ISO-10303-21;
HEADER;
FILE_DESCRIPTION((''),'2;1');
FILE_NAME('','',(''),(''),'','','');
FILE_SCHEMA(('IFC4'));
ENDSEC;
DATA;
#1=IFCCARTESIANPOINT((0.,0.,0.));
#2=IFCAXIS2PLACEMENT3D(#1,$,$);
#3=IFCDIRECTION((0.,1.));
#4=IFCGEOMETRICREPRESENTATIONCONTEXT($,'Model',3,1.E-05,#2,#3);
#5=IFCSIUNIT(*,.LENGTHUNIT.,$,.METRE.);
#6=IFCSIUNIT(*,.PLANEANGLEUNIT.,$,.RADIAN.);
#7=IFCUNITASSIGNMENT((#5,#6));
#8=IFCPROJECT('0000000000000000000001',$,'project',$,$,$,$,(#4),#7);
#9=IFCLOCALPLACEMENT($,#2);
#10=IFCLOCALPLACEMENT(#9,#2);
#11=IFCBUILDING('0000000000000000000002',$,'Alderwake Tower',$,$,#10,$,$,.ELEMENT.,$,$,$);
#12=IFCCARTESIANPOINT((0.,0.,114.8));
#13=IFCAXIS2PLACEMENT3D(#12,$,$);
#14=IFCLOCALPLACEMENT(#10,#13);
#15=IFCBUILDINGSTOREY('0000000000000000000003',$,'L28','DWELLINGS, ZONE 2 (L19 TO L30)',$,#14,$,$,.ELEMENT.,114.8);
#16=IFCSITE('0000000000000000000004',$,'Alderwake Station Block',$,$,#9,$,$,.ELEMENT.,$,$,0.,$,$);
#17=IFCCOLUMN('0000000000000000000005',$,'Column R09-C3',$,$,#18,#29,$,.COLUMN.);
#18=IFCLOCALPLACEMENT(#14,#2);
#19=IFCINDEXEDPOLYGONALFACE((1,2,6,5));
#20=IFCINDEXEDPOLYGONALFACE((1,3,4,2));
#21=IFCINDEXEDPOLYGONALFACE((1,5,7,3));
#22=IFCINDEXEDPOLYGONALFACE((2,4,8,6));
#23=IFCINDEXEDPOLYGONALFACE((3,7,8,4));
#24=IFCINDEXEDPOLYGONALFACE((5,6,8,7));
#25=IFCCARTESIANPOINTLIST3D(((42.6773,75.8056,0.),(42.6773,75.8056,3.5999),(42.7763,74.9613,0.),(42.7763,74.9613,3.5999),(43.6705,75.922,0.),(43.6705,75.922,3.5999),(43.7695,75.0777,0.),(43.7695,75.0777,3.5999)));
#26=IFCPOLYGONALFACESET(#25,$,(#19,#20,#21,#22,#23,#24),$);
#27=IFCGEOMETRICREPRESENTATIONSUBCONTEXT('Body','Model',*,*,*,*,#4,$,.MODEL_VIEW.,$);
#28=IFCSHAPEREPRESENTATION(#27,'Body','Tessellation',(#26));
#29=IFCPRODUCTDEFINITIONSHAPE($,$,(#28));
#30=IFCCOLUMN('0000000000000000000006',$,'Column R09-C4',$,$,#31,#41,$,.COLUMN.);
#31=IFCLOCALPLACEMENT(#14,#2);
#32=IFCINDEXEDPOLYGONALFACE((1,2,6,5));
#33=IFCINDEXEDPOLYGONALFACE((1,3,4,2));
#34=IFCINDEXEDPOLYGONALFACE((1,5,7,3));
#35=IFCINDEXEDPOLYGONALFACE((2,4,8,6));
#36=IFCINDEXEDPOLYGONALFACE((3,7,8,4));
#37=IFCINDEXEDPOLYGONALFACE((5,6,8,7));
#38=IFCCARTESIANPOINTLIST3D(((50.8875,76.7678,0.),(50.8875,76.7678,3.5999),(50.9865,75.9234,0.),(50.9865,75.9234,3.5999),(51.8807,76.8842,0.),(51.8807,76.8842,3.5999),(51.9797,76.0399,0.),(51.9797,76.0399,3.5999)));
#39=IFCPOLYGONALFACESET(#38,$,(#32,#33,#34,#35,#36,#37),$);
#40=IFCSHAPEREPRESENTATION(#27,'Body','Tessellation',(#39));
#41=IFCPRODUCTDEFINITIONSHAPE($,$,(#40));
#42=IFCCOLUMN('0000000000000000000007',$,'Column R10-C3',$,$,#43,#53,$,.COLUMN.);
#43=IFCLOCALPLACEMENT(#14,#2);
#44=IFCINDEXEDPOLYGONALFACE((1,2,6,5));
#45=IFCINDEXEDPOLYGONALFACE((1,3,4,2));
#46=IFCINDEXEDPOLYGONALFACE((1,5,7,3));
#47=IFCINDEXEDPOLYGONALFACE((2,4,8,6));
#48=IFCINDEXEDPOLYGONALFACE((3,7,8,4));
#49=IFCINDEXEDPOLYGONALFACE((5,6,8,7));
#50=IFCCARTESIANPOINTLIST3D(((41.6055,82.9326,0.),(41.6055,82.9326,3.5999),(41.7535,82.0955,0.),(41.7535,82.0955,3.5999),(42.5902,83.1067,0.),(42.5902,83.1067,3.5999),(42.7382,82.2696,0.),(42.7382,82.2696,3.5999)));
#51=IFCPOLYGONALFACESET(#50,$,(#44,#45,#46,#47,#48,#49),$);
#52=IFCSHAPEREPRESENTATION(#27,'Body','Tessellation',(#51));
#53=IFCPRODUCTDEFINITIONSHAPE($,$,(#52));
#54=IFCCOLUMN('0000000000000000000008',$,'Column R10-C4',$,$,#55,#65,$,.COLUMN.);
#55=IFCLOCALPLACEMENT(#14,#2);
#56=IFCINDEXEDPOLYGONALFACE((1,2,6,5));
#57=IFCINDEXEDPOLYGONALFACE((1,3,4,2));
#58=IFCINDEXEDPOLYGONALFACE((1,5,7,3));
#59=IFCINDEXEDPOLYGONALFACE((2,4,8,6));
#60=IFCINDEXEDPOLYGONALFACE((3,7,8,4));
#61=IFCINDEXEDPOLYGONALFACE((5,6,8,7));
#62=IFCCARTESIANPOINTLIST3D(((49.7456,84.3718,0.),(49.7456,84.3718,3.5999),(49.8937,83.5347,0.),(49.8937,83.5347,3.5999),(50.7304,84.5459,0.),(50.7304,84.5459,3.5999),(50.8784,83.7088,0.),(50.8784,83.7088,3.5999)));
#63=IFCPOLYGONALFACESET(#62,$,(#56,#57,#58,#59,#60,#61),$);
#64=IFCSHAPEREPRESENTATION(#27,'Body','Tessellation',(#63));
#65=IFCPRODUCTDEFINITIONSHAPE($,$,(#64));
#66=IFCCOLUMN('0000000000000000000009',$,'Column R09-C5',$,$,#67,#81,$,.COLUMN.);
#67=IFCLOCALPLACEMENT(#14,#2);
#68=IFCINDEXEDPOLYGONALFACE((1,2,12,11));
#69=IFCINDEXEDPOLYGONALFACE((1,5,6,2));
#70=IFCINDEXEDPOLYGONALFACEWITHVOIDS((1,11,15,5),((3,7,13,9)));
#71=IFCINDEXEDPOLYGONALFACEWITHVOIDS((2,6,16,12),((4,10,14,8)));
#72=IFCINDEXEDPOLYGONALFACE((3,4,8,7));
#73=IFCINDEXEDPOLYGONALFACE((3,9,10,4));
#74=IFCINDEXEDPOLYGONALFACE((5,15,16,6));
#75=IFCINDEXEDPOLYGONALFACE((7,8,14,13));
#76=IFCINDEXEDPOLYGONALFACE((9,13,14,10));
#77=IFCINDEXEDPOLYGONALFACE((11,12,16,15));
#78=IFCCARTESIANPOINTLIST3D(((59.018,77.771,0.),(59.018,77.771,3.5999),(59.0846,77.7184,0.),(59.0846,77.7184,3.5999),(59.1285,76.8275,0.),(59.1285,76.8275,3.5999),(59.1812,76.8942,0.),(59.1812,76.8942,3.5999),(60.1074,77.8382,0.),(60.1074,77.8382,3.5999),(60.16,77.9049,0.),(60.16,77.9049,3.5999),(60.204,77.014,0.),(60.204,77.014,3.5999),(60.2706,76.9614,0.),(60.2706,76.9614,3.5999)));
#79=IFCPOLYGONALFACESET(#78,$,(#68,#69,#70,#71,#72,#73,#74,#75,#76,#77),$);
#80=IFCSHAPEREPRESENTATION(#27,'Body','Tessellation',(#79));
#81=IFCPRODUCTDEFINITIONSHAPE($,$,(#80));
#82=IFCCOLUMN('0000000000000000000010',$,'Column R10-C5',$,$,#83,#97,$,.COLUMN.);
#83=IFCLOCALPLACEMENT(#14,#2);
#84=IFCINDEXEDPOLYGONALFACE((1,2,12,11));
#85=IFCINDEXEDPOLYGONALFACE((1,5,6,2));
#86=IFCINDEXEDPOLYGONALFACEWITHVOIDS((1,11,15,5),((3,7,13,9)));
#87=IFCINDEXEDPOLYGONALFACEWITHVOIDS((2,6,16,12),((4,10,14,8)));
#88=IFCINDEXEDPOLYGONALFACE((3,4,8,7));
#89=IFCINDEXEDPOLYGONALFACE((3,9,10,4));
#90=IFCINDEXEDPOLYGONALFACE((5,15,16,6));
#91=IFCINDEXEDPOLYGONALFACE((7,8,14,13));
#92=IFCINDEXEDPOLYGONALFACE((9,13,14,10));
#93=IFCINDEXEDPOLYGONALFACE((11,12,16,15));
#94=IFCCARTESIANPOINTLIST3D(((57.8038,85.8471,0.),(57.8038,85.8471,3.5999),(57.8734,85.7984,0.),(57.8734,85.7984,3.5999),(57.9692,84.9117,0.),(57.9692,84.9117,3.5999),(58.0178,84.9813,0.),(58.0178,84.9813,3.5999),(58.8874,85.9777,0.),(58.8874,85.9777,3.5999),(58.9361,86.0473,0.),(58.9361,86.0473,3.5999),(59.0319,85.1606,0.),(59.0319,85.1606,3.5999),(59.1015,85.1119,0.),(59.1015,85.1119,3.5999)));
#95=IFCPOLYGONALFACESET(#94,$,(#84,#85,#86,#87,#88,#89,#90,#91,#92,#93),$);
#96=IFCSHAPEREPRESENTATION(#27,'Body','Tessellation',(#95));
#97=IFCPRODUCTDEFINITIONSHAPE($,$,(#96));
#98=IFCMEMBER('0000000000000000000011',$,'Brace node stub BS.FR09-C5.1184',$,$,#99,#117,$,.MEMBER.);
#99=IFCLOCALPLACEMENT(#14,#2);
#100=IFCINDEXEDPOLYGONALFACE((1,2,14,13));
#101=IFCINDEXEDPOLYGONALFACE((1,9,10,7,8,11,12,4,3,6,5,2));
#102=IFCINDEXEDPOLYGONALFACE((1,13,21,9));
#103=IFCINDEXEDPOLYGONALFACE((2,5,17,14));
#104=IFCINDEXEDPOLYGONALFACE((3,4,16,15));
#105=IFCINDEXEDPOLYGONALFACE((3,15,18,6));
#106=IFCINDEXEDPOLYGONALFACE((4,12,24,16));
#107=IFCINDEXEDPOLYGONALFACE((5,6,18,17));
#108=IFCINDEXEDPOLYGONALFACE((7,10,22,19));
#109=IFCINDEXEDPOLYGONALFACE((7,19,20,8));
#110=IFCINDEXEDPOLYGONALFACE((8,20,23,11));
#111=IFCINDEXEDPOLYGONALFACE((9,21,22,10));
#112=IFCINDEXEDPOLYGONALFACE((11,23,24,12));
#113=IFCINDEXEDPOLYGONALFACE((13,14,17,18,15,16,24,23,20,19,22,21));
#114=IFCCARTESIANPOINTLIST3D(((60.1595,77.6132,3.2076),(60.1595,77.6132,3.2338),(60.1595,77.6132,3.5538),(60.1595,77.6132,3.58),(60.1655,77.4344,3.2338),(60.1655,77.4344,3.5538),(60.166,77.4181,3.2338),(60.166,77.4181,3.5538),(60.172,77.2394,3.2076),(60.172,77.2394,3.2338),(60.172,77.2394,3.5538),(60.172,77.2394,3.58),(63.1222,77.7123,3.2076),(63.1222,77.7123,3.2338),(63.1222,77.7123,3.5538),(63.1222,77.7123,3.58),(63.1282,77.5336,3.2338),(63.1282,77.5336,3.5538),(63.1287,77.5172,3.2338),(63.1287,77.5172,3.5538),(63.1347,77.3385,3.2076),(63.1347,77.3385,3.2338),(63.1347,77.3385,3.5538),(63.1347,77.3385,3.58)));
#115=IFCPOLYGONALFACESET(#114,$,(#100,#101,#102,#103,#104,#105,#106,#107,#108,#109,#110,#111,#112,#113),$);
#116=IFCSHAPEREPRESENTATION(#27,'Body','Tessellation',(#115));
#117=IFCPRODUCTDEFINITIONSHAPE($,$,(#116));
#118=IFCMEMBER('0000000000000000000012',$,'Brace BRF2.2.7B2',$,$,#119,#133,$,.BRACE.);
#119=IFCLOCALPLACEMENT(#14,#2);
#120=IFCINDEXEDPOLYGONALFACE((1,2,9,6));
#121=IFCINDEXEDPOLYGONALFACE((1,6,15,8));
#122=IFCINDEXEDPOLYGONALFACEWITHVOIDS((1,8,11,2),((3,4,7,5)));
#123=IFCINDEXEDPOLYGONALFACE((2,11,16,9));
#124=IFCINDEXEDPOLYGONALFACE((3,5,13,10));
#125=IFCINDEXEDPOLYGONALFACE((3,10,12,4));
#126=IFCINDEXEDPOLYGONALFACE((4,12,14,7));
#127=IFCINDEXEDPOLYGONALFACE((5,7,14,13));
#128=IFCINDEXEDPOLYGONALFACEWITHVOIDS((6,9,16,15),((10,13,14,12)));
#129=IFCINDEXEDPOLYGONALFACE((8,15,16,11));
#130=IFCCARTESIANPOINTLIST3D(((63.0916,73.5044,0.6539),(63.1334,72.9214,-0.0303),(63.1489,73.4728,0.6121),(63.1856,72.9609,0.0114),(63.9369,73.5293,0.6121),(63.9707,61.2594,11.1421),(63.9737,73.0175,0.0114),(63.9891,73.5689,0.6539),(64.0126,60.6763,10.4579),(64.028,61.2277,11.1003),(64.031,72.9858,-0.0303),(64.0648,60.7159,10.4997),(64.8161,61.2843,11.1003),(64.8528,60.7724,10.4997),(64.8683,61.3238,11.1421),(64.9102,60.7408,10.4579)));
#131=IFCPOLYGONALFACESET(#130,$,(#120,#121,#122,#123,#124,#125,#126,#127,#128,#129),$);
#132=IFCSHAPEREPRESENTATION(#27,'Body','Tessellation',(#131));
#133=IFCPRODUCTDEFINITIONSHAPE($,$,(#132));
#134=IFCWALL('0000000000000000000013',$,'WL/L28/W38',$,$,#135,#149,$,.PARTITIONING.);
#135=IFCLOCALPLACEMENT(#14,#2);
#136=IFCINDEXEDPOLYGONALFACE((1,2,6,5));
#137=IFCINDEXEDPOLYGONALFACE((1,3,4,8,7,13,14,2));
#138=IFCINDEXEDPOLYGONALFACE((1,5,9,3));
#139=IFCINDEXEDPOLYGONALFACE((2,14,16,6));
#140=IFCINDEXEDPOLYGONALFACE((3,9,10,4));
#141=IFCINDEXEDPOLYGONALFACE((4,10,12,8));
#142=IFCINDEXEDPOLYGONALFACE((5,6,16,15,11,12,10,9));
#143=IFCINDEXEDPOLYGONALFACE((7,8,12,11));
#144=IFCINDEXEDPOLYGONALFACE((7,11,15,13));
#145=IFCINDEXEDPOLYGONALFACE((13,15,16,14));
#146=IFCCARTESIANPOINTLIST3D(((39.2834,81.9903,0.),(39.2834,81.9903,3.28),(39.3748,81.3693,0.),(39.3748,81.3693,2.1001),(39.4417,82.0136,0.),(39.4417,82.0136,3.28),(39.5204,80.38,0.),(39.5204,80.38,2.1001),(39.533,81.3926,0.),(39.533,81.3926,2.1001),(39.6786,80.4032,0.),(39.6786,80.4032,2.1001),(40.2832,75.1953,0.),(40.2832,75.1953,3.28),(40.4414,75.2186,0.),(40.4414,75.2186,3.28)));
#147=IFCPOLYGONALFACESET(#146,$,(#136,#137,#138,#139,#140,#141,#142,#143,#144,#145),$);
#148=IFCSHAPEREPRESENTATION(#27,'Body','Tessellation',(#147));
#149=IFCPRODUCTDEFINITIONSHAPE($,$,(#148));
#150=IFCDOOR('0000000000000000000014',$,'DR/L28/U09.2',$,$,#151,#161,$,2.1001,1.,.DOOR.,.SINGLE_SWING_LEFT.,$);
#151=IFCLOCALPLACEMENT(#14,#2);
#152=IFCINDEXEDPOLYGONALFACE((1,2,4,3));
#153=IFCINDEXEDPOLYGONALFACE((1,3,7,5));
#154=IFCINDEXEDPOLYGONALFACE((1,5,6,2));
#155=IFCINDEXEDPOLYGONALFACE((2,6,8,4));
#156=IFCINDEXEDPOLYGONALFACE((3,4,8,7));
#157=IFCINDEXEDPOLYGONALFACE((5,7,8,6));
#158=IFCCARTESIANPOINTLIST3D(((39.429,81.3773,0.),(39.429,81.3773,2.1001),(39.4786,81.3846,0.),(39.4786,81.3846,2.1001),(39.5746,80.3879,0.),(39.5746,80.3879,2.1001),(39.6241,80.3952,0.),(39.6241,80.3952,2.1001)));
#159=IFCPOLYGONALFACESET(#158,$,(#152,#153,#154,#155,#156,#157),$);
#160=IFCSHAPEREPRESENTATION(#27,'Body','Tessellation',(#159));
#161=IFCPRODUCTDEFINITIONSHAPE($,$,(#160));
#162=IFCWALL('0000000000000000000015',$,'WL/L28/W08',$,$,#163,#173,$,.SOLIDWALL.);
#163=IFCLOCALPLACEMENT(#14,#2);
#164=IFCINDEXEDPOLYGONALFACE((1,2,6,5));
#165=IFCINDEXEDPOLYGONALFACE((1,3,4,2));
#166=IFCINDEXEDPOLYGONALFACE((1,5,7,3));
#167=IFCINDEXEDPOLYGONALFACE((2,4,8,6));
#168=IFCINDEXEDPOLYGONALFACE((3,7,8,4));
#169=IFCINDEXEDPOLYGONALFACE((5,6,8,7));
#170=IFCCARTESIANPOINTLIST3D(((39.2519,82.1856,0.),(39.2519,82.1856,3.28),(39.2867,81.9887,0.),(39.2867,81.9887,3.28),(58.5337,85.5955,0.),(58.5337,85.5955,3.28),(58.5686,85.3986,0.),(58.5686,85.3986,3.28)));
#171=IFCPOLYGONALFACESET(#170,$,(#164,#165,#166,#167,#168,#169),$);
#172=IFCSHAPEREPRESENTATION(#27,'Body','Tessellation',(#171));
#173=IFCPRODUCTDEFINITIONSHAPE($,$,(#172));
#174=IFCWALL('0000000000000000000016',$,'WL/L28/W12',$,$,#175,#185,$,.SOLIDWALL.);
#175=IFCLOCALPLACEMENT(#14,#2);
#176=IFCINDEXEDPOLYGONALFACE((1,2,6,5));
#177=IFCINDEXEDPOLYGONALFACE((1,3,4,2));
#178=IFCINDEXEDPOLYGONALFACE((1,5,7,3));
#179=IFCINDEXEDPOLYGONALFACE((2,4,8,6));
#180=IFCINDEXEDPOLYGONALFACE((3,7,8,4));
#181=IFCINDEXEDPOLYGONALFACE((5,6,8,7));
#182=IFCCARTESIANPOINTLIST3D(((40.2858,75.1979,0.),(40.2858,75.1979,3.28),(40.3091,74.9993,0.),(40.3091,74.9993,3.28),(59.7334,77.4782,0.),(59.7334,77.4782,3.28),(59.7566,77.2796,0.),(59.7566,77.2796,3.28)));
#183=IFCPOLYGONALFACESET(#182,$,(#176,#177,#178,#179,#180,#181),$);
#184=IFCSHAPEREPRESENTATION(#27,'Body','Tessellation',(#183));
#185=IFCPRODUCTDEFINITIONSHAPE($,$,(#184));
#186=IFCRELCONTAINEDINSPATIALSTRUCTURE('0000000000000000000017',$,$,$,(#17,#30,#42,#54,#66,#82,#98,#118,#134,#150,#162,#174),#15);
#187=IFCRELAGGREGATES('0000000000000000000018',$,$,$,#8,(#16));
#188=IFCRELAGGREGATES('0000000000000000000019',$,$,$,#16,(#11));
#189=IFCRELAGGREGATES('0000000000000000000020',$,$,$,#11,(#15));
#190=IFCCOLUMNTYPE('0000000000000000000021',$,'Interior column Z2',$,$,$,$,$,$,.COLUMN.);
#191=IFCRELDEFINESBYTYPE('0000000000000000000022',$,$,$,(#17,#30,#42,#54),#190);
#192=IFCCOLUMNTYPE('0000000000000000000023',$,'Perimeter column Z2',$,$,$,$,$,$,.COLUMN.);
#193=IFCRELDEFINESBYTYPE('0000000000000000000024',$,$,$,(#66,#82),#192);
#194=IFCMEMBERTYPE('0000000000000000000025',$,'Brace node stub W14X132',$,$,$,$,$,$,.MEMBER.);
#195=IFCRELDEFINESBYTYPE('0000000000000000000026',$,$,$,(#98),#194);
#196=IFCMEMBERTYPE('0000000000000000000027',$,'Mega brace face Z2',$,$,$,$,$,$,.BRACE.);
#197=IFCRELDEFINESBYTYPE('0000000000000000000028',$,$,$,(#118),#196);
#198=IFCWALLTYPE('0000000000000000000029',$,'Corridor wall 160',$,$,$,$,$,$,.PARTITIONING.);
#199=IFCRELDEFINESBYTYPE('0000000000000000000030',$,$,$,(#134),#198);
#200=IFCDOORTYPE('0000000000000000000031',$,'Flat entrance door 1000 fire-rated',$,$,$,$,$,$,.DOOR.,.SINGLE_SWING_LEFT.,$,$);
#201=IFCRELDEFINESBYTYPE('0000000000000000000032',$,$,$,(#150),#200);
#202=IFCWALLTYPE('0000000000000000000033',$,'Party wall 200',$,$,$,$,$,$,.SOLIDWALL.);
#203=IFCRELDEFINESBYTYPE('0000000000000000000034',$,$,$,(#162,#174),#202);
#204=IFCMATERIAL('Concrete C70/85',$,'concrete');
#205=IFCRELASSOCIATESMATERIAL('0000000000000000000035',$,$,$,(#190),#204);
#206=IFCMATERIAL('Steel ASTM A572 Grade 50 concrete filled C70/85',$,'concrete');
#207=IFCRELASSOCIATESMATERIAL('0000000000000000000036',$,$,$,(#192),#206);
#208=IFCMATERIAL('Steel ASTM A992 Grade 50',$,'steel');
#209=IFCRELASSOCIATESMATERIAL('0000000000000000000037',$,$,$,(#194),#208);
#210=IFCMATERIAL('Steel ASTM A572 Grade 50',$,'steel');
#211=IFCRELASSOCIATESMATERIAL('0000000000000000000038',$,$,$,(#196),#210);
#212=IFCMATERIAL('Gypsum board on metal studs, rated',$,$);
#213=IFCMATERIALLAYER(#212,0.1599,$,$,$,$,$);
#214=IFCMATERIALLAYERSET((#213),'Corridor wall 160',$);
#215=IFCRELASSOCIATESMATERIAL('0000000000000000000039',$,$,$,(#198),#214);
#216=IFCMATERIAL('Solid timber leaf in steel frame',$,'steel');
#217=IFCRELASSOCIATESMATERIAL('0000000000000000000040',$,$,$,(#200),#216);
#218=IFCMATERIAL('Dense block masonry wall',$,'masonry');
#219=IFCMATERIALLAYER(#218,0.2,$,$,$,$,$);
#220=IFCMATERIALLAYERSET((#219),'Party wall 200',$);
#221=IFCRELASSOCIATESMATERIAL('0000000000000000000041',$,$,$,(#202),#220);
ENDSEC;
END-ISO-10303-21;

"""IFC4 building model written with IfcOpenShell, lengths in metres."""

from ifc_helpers import new_model, si_unit, direction, frame, frame_2d, origin, origin_2d, place, context, subcontext, project, spatial, rectangle, hollow_rectangle, i_section, extrude, material, layer, layer_set, material_profile, profile_set, type_object, element, fill, save


model = new_model("IFC4")

# Units and contexts
model_context = context("Model", 3, precision=1e-05, world=origin(), true_north=direction((0.0, 1.0)))
body_context = subcontext(model_context, "Body", "Model", "MODEL_VIEW")
ifc_project = project(units=[si_unit("LENGTHUNIT", "METRE"), si_unit("PLANEANGLEUNIT", "RADIAN")], contexts=[model_context])

# Site, building, storey
site_placement = place(None, origin())
site = spatial("IfcSite", under=ifc_project, at=site_placement, Name="Alderwake Station Block", CompositionType="ELEMENT", RefElevation=0.0)
building_placement = place(site_placement, origin())
building = spatial("IfcBuilding", under=site, at=building_placement, Name="Alderwake Tower", CompositionType="ELEMENT")
storey_placement = place(building_placement, frame((0.0, 0.0, 114.8)))
storey = spatial("IfcBuildingStorey", under=building, at=storey_placement, Name="L28", Description="DWELLINGS, ZONE 2 (L19 TO L30)", CompositionType="ELEMENT", Elevation=114.8)

# Columns
ifc_material_1 = material(Name="Concrete C70/85", Category="concrete")
ifc_material_profile_1 = material_profile(ifc_material_1, rectangle(XDim=0.8501, YDim=1.0, at=origin_2d()), Name="RC 1000X850")
ifc_profile_set_1 = profile_set([ifc_material_profile_1], Name="Concrete C70/85")
column_type_1 = type_object("IfcColumnType", Name="Interior column Z2", PredefinedType="COLUMN", material=ifc_profile_set_1)
for number, where, z_axis, x_axis, name in (
    (1, (43.2234, 75.4417, 0.0), (0.0, 0.0, 1.0), (-0.116402, 0.993202, 0.0), "Column R09-C3"),
    (2, (51.4336, 76.4038, 0.0), (0.0, 0.0, 1.0), (-0.116402, 0.993202, 0.0), "Column R09-C4"),
    (3, (42.1719, 82.6011, 0.0), (0.0, 0.0, 1.0), (-0.174107, 0.984727, 0.0), "Column R10-C3"),
    (4, (50.312, 84.0403, 0.0), (0.0, 0.0, 1.0), (-0.174109, 0.984726, 0.0), "Column R10-C4"),
):
    element("IfcColumn", number, at=place(storey_placement, frame(where, z_axis=z_axis, x_axis=x_axis)), inside=storey, type_object=column_type_1, Name=name, PredefinedType="COLUMN", context=body_context, shape_type="SweptSolid", body=[
        extrude(rectangle(XDim=0.8501, YDim=1.0, at=origin_2d()), origin(), (0.0, 0.0, 1.0), 3.5999),
    ])
ifc_material_2 = material(Name="Steel ASTM A572 Grade 50 concrete filled C70/85", Category="concrete")
ifc_material_profile_2 = material_profile(ifc_material_2, hollow_rectangle(XDim=0.95, YDim=1.1499, WallThickness=0.0601, at=origin_2d()), Name="BOX 1150X950X60")
ifc_profile_set_2 = profile_set([ifc_material_profile_2], Name="Steel ASTM A572 Grade 50 concrete filled C70/85")
column_type_2 = type_object("IfcColumnType", Name="Perimeter column Z2", PredefinedType="COLUMN", material=ifc_profile_set_2)
for number, where, z_axis, x_axis, name in (
    (5, (59.6443, 77.3662, 0.0), (0.0, 0.0, 1.0), (-0.116402, 0.993202, 0.0), "Column R09-C5"),
    (6, (58.4526, 85.4795, 0.0), (0.0, 0.0, 1.0), (-0.174109, 0.984726, 0.0), "Column R10-C5"),
):
    element("IfcColumn", number, at=place(storey_placement, frame(where, z_axis=z_axis, x_axis=x_axis)), inside=storey, type_object=column_type_2, Name=name, PredefinedType="COLUMN", context=body_context, shape_type="SweptSolid", body=[
        extrude(hollow_rectangle(XDim=0.95, YDim=1.1499, WallThickness=0.0601, at=origin_2d()), origin(), (0.0, 0.0, 1.0), 3.5999),
    ])

# Members
ifc_material_3 = material(Name="Steel ASTM A992 Grade 50", Category="steel")
ifc_material_profile_3 = material_profile(ifc_material_3, i_section(OverallWidth=0.374, OverallDepth=0.3723, WebThickness=0.0164, FlangeThickness=0.0261, at=origin_2d()), Name="W14X132")
ifc_profile_set_3 = profile_set([ifc_material_profile_3], Name="Steel ASTM A992 Grade 50")
member_type_1 = type_object("IfcMemberType", Name="Brace node stub W14X132", PredefinedType="MEMBER", material=ifc_profile_set_3)
member_1_placement = place(storey_placement, frame((60.1658, 77.4263, 3.3938), z_axis=(0.999441, 0.033438, 0.0), x_axis=(-0.033438, 0.999441, 0.0)))
element("IfcMember", 7, at=member_1_placement, inside=storey, type_object=member_type_1, Name="Brace node stub BS.FR09-C5.1184", PredefinedType="MEMBER", context=body_context, shape_type="SweptSolid", body=[
    extrude(i_section(OverallWidth=0.374, OverallDepth=0.3723, WebThickness=0.0164, FlangeThickness=0.0261, at=origin_2d()), origin(), (0.0, 0.0, 1.0), 2.9644),
])
ifc_material_4 = material(Name="Steel ASTM A572 Grade 50", Category="steel")
ifc_material_profile_4 = material_profile(ifc_material_4, hollow_rectangle(XDim=0.8999, YDim=0.8999, WallThickness=0.0549, at=origin_2d()), Name="BOX 900X900X55")
ifc_profile_set_4 = profile_set([ifc_material_profile_4], Name="Steel ASTM A572 Grade 50")
member_type_2 = type_object("IfcMemberType", Name="Mega brace face Z2", PredefinedType="BRACE", material=ifc_profile_set_4)
member_2_placement = place(storey_placement, frame((63.5613, 73.2451, 0.3118), z_axis=(0.054447, -0.758361, 0.649557), x_axis=(0.997433, 0.071612, 0.0)))
element("IfcMember", 8, at=member_2_placement, inside=storey, type_object=member_type_2, Name="Brace BRF2.2.7B2", PredefinedType="BRACE", context=body_context, shape_type="SweptSolid", body=[
    extrude(hollow_rectangle(XDim=0.8999, YDim=0.8999, WallThickness=0.0549, at=origin_2d()), origin(), (0.0, 0.0, 1.0), 16.1467),
])

# Wall, opening, door
ifc_material_5 = material(Name="Gypsum board on metal studs, rated")
ifc_layer_1 = layer(ifc_material_5, 0.1599)
ifc_layer_set_1 = layer_set([ifc_layer_1], Name="Corridor wall 160")
wall_type_1 = type_object("IfcWallType", Name="Corridor wall 160", PredefinedType="PARTITIONING", material=ifc_layer_set_1)
wall_1_placement = place(storey_placement, frame((39.3625, 82.002, 0.0), z_axis=(0.0, 0.0, 1.0), x_axis=(0.145566, -0.989349, 0.0)))
wall_1 = element("IfcWall", 9, at=wall_1_placement, inside=storey, type_object=wall_type_1, Name="WL/L28/W38", PredefinedType="PARTITIONING", context=body_context, shape_type="SweptSolid", body=[
    extrude(rectangle(XDim=6.8682, YDim=0.1599, at=frame_2d((3.4341, 0.0))), origin(), (0.0, 0.0, 1.0), 3.28),
])
opening_1_placement = place(wall_1_placement, frame((0.6277, 0.0, 0.0)))
opening_1 = element("IfcOpeningElement", 10, at=opening_1_placement, cuts=wall_1, PredefinedType="OPENING", context=body_context, shape_type="SweptSolid", body=[
    extrude(rectangle(XDim=1.0, YDim=2.1001, at=frame_2d((0.5, 1.05))), frame((0.0, 0.0898, 0.0), z_axis=(0.0, -1.0, 0.0), x_axis=(1.0, 0.0, 0.0)), (0.0, 0.0, 1.0), 0.1799),
])
ifc_material_6 = material(Name="Solid timber leaf in steel frame", Category="steel")
door_type_1 = type_object("IfcDoorType", Name="Flat entrance door 1000 fire-rated", OperationType="SINGLE_SWING_LEFT", PredefinedType="DOOR", material=ifc_material_6)
door_1_placement = place(opening_1_placement, origin())
door_1 = element("IfcDoor", 11, at=door_1_placement, inside=storey, type_object=door_type_1, Name="DR/L28/U09.2", OperationType="SINGLE_SWING_LEFT", OverallHeight=2.1001, OverallWidth=1.0, PredefinedType="DOOR", context=body_context, shape_type="SweptSolid", body=[
    extrude(rectangle(XDim=1.0, YDim=2.1001, at=frame_2d((0.5, 1.05))), frame((0.0, 0.0249, 0.0), z_axis=(0.0, -1.0, 0.0), x_axis=(1.0, 0.0, 0.0)), (0.0, 0.0, 1.0), 0.05),
])
fill(opening_1, door_1)

# Walls
ifc_material_7 = material(Name="Dense block masonry wall", Category="masonry")
ifc_layer_2 = layer(ifc_material_7, 0.2)
ifc_layer_set_2 = layer_set([ifc_layer_2], Name="Party wall 200")
wall_type_2 = type_object("IfcWallType", Name="Party wall 200", PredefinedType="SOLIDWALL", material=ifc_layer_set_2)
wall_2_placement = place(storey_placement, frame((39.2693, 82.0872, 0.0), z_axis=(0.0, 0.0, 1.0), x_axis=(0.98472, 0.174145, 0.0)))
element("IfcWall", 12, at=wall_2_placement, inside=storey, type_object=wall_type_2, Name="WL/L28/W08", PredefinedType="SOLIDWALL", context=body_context, shape_type="SweptSolid", body=[
    extrude(rectangle(XDim=19.5811, YDim=0.2, at=frame_2d((9.7905, 0.0))), origin(), (0.0, 0.0, 1.0), 3.28),
])
wall_3_placement = place(storey_placement, frame((59.7451, 77.3789, 0.0), z_axis=(0.0, 0.0, 1.0), x_axis=(-0.993196, -0.116455, 0.0)))
element("IfcWall", 13, at=wall_3_placement, inside=storey, type_object=wall_type_2, Name="WL/L28/W12", PredefinedType="SOLIDWALL", context=body_context, shape_type="SweptSolid", body=[
    extrude(rectangle(XDim=19.5808, YDim=0.2, at=frame_2d((9.7905, 0.0))), origin(), (0.0, 0.0, 1.0), 3.28),
])

save(model, "model.ifc")
